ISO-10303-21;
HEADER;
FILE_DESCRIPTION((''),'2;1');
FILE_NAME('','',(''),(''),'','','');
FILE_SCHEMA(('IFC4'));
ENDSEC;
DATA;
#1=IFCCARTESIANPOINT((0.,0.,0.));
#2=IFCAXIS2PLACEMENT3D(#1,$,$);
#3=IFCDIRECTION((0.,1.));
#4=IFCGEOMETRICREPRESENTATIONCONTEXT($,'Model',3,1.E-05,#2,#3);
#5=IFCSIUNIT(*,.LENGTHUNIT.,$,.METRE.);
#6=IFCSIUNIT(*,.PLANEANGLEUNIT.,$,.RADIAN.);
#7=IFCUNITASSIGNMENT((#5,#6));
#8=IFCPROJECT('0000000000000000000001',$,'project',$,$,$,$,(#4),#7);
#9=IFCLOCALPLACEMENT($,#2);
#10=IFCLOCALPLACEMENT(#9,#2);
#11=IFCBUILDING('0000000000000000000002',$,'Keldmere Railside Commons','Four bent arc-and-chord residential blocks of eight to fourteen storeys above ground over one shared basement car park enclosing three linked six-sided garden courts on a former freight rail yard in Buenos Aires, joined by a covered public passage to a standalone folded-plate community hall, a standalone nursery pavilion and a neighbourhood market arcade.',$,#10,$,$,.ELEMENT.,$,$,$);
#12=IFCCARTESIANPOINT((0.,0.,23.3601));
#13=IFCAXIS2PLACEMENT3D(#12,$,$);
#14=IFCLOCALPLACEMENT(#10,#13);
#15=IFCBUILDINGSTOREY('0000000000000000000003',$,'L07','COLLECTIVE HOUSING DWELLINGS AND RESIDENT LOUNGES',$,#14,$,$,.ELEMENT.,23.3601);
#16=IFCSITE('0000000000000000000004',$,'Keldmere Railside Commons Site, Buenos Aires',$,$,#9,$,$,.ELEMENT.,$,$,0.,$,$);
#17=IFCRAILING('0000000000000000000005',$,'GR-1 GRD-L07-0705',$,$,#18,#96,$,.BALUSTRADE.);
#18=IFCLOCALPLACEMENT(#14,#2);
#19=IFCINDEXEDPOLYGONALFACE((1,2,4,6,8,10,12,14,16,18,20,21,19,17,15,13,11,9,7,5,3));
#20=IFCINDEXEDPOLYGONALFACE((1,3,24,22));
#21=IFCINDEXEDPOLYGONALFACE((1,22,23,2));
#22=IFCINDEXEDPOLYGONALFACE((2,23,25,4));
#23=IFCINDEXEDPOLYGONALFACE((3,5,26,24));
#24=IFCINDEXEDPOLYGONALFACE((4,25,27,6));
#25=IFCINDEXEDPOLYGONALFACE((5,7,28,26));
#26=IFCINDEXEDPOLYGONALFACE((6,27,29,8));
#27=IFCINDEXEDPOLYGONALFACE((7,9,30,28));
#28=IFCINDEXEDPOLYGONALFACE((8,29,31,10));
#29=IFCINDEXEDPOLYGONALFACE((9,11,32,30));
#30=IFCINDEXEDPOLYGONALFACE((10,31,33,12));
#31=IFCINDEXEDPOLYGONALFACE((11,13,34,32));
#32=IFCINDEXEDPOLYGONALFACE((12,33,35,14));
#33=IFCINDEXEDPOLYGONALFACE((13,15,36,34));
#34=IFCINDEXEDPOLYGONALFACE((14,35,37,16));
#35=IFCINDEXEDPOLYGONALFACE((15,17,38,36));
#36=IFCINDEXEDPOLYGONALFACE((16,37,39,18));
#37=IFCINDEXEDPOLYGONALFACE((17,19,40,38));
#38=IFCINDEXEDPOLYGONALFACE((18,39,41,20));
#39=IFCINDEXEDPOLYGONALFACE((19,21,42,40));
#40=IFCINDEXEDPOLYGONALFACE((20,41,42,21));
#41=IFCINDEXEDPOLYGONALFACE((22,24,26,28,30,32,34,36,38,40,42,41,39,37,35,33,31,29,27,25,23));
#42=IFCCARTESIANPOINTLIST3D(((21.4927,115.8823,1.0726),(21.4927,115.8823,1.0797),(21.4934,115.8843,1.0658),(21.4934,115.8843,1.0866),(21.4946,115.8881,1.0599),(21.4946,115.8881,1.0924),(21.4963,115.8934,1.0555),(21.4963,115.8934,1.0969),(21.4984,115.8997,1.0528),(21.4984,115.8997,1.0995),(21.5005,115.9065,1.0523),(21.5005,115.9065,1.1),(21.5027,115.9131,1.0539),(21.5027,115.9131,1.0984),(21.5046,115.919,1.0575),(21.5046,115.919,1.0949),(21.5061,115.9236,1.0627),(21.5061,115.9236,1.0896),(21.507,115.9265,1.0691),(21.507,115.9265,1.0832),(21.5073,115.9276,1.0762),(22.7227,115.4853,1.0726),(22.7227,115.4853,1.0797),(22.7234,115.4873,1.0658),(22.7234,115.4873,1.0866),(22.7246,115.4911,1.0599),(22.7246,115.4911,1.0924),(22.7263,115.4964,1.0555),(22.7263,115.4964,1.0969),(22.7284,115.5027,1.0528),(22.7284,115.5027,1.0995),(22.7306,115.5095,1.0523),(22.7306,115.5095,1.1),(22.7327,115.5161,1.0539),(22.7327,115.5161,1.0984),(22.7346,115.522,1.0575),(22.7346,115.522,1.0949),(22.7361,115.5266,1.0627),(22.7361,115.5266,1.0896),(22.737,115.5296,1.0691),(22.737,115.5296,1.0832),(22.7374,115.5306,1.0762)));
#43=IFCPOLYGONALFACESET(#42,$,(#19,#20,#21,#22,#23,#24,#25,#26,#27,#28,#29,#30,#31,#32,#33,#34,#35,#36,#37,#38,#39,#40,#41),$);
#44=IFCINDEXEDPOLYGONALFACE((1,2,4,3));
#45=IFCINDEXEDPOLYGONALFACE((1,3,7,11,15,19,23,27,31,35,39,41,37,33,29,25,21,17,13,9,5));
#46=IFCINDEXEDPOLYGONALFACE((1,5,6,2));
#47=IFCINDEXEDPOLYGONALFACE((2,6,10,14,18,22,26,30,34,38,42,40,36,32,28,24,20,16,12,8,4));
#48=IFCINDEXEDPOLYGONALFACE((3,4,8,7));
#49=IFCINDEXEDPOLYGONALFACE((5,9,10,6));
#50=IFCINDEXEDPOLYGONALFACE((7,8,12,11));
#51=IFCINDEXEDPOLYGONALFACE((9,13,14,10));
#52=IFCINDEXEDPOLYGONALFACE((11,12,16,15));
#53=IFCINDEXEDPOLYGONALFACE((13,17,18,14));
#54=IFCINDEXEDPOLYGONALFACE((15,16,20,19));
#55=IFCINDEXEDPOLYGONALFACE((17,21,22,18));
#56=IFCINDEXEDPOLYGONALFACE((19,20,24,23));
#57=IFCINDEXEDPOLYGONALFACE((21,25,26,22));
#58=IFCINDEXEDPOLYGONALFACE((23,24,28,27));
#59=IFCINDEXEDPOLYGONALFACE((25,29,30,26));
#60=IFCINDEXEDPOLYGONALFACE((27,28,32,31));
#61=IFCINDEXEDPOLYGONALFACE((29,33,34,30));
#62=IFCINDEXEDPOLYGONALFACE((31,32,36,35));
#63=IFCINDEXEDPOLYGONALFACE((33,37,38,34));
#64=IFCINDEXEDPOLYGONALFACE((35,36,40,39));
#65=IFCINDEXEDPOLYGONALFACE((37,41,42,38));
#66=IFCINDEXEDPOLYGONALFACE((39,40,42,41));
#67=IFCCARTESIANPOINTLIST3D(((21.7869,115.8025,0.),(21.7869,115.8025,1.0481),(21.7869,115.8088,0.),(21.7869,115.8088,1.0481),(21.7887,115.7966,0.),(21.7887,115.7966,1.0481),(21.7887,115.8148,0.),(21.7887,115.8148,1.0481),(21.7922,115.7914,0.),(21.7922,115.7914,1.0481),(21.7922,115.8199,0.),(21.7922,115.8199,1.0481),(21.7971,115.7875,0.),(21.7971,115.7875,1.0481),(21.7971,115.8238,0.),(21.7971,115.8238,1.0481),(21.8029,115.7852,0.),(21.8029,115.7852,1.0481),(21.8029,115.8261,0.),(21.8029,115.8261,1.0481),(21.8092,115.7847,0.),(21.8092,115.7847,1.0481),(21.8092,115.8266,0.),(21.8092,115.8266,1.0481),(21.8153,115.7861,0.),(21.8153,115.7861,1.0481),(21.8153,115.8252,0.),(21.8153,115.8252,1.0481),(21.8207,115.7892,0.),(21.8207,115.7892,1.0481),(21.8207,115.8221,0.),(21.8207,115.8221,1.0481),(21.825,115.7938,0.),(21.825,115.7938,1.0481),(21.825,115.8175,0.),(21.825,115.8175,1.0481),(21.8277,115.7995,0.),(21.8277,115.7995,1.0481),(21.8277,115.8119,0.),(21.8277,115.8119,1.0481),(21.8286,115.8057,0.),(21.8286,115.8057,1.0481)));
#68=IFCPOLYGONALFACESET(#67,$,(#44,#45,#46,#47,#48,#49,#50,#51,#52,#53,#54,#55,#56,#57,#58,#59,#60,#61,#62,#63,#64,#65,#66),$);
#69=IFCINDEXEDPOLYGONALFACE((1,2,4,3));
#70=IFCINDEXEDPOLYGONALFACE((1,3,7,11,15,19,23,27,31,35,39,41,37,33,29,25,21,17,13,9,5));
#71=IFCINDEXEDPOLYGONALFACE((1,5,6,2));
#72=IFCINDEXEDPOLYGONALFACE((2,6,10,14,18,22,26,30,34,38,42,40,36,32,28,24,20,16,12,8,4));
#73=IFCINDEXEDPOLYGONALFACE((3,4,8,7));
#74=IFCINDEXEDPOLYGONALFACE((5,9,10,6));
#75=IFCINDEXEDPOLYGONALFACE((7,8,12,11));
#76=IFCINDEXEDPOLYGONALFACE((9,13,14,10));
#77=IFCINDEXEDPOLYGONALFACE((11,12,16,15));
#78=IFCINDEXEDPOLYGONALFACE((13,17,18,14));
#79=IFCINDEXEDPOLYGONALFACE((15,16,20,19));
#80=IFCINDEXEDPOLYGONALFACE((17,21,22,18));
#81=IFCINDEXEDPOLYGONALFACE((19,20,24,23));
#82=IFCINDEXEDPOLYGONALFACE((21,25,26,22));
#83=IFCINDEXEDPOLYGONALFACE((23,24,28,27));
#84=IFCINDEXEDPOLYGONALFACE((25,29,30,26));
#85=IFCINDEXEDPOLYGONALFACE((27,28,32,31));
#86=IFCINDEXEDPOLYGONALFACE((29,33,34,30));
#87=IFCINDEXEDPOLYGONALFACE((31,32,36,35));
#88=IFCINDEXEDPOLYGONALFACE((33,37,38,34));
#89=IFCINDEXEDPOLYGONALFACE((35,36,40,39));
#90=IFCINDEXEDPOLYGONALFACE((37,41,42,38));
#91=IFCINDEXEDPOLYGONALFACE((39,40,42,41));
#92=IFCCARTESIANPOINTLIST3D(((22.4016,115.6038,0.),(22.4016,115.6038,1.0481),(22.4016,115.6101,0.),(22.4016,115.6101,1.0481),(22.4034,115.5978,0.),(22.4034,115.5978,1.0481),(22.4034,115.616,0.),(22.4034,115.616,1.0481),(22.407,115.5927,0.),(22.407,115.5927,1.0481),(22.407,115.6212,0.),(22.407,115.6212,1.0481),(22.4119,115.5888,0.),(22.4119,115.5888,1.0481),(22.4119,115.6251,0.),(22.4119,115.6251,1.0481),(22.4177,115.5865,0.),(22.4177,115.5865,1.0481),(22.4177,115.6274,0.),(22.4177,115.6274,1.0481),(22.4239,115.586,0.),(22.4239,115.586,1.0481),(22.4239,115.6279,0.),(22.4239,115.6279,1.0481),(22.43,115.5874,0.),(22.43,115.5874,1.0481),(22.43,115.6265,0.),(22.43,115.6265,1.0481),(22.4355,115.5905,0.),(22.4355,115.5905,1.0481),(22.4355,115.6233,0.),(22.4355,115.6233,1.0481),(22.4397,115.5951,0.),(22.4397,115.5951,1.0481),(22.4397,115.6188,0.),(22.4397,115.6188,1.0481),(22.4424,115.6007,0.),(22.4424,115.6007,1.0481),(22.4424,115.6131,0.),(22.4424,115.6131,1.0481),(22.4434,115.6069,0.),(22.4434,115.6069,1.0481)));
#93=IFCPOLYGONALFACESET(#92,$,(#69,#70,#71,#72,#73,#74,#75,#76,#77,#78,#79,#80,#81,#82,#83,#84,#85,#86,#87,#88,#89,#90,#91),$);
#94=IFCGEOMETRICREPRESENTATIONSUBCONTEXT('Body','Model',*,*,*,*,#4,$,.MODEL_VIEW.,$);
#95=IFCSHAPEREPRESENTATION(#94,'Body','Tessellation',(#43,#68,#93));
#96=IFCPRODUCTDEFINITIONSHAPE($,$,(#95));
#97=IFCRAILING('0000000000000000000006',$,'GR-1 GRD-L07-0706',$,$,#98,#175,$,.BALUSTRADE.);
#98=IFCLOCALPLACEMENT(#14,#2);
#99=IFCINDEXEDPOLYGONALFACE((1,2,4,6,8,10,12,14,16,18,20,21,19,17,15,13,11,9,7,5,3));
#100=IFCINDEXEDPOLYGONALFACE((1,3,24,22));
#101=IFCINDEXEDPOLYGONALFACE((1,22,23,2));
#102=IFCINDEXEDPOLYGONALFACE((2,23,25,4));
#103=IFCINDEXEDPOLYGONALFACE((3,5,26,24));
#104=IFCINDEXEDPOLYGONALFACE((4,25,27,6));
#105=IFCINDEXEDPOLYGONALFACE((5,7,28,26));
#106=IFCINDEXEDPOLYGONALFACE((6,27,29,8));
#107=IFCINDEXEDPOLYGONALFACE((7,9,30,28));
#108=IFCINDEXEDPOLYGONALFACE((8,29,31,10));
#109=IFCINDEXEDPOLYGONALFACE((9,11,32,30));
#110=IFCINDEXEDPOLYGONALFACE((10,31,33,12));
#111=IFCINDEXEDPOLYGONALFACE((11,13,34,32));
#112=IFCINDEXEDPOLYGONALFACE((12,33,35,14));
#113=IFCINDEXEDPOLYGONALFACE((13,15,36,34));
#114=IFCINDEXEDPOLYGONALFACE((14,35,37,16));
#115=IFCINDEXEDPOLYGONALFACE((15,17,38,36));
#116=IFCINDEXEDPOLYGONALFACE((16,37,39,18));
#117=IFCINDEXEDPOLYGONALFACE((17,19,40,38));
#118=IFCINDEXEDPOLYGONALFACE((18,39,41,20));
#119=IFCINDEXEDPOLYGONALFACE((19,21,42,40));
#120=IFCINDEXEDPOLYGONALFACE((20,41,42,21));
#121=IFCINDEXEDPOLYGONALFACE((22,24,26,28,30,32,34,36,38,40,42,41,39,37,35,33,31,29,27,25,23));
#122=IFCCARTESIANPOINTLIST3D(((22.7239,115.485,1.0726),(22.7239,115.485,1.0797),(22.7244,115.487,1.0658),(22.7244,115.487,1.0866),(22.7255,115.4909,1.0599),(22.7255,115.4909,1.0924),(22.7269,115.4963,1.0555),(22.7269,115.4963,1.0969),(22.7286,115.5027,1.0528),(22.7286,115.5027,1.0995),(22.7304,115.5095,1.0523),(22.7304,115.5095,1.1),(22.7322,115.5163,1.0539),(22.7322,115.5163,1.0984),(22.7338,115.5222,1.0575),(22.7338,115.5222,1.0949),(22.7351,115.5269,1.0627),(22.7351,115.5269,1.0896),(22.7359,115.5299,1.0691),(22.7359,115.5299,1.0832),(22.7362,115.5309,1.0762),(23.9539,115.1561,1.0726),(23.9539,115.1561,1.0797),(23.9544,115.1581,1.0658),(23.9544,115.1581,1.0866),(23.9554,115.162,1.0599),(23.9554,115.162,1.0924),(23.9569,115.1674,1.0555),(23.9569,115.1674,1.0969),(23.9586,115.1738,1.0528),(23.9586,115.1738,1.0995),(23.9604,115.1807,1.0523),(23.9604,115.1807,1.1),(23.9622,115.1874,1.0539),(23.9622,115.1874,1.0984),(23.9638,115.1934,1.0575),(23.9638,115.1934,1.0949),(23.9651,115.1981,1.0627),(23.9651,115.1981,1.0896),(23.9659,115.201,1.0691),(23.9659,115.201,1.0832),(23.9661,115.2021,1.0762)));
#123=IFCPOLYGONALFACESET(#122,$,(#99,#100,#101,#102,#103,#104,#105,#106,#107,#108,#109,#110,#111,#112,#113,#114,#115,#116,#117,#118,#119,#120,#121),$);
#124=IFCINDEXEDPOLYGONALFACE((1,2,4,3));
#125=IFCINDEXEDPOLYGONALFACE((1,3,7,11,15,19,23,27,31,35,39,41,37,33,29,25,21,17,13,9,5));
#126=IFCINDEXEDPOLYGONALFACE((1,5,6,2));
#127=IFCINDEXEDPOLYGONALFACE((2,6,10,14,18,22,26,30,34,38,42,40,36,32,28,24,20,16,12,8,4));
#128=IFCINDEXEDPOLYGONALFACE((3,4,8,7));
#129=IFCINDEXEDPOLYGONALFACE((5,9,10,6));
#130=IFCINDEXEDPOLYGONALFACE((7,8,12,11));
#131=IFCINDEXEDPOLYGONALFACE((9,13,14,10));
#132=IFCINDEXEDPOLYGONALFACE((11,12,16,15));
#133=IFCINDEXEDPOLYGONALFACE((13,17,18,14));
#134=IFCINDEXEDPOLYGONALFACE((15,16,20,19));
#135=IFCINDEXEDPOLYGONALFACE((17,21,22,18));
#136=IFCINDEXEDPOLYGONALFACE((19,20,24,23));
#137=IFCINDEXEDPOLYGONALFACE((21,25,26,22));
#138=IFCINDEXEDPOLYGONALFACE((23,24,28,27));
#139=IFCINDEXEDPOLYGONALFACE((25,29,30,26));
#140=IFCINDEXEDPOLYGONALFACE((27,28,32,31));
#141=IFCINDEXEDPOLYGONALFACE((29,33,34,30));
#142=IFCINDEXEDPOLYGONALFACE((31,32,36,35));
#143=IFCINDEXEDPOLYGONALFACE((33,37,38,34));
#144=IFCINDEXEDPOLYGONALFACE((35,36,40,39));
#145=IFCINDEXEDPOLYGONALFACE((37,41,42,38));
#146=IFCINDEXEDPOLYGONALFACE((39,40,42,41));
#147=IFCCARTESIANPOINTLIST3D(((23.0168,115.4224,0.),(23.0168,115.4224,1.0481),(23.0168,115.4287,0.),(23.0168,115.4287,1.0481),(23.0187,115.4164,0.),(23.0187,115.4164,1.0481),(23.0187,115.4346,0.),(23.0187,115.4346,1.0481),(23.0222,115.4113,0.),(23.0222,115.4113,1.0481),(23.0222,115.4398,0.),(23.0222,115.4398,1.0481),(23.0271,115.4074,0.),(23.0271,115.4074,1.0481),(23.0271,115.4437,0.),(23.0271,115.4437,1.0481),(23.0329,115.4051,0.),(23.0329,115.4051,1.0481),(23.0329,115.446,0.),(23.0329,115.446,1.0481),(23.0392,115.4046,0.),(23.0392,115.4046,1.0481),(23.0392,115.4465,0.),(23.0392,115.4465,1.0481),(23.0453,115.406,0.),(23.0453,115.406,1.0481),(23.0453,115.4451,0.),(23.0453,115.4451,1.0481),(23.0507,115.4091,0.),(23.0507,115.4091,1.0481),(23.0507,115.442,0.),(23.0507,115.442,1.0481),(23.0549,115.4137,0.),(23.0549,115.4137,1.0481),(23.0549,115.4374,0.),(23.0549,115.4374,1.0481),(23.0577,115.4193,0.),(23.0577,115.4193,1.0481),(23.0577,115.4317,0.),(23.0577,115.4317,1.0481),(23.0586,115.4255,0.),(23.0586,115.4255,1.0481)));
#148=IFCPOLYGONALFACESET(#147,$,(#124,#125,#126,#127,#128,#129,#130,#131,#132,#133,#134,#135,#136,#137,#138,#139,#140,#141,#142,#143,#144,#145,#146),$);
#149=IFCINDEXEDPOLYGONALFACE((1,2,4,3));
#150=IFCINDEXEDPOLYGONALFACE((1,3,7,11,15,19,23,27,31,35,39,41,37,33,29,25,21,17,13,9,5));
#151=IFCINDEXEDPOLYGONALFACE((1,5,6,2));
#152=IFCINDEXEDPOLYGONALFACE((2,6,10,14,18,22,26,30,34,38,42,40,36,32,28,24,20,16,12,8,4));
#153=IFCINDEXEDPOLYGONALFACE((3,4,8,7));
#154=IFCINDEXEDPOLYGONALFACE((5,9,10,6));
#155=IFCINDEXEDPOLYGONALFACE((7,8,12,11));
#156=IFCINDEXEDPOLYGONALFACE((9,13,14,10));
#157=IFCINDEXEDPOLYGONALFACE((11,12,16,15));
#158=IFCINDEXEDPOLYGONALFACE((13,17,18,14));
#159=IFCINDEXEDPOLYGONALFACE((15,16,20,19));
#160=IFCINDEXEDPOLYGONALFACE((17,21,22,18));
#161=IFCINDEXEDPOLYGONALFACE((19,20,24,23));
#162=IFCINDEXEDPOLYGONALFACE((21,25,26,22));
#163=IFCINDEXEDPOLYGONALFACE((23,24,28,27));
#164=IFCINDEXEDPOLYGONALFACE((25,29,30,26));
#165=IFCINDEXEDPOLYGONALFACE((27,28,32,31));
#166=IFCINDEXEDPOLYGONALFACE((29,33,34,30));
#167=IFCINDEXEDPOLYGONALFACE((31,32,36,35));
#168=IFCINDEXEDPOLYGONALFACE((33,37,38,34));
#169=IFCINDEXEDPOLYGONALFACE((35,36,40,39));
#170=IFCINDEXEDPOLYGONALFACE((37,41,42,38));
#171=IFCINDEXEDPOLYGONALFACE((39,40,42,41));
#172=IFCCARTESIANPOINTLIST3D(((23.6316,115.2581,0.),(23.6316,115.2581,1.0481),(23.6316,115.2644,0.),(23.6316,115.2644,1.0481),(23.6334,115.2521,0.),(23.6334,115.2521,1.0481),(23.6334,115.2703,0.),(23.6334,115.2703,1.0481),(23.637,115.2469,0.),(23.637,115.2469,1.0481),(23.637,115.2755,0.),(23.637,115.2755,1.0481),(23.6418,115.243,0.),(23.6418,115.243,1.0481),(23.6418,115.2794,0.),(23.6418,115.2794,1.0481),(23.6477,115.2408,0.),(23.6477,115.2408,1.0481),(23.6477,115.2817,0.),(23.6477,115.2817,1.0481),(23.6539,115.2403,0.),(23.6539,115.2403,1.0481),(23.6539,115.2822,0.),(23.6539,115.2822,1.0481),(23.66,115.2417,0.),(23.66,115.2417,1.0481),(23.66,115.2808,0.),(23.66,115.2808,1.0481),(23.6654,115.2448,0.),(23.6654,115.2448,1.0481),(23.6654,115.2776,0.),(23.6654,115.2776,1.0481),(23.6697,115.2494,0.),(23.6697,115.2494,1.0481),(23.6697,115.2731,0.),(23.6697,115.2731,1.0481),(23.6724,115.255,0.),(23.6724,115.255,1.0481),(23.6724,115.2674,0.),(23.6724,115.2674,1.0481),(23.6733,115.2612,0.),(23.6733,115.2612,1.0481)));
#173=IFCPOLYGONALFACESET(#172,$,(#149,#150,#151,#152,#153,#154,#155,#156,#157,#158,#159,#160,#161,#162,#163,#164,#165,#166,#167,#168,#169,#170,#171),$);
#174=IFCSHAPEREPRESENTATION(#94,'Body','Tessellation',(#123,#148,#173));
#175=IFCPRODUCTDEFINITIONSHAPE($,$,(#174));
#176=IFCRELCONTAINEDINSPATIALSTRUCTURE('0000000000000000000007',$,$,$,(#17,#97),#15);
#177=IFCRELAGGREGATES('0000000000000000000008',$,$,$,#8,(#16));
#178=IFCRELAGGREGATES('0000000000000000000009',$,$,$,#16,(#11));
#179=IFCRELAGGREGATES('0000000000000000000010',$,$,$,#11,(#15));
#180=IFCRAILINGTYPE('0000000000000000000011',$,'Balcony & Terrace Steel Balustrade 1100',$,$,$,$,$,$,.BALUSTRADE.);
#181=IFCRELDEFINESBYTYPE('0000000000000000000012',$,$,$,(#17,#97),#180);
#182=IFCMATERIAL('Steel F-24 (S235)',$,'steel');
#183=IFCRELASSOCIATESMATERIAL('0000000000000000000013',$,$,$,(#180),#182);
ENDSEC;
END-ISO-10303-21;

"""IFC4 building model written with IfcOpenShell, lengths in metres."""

from ifc_helpers import new_model, si_unit, direction, frame, origin, origin_2d, place, context, subcontext, project, spatial, circle, extrude, material, type_object, element, save


model = new_model("IFC4")

# Units and contexts
model_context = context("Model", 3, precision=1e-05, world=origin(), true_north=direction((0.0, 1.0)))
body_context = subcontext(model_context, "Body", "Model", "MODEL_VIEW")
ifc_project = project(units=[si_unit("LENGTHUNIT", "METRE"), si_unit("PLANEANGLEUNIT", "RADIAN")], contexts=[model_context])

# Site, building, storey
site_placement = place(None, origin())
site = spatial("IfcSite", under=ifc_project, at=site_placement, Name="Keldmere Railside Commons Site, Buenos Aires", CompositionType="ELEMENT", RefElevation=0.0)
building_placement = place(site_placement, origin())
building = spatial("IfcBuilding", under=site, at=building_placement, Name="Keldmere Railside Commons", Description="Four bent arc-and-chord residential blocks of eight to fourteen storeys above ground over one shared basement car park enclosing three linked six-sided garden courts on a former freight rail yard in Buenos Aires, joined by a covered public passage to a standalone folded-plate community hall, a standalone nursery pavilion and a neighbourhood market arcade.", CompositionType="ELEMENT")
storey_placement = place(building_placement, frame((0.0, 0.0, 23.3601)))
storey = spatial("IfcBuildingStorey", under=building, at=storey_placement, Name="L07", Description="COLLECTIVE HOUSING DWELLINGS AND RESIDENT LOUNGES", CompositionType="ELEMENT", Elevation=23.3601)

# Railings
ifc_material_1 = material(Name="Steel F-24 (S235)", Category="steel")
railing_type_1 = type_object("IfcRailingType", Name="Balcony & Terrace Steel Balustrade 1100", PredefinedType="BALUSTRADE", material=ifc_material_1)
railing_1_placement = place(storey_placement, frame((21.5, 115.9048, 0.0)))
element("IfcRailing", 1, at=railing_1_placement, inside=storey, type_object=railing_type_1, Name="GR-1 GRD-L07-0705", PredefinedType="BALUSTRADE", context=body_context, shape_type="SweptSolid", body=[
    extrude(circle(Radius=0.0239, at=origin_2d()), frame((0.0, 0.0, 1.0762), z_axis=(0.951662, -0.307146, 0.0), x_axis=(0.307146, 0.951662, 0.0)), (0.0, 0.0, 1.0), 1.2925),
    extrude(circle(Radius=0.021, at=origin_2d()), frame((0.3076, -0.0991, 0.0)), (0.0, 0.0, 1.0), 1.0481),
    extrude(circle(Radius=0.021, at=origin_2d()), frame((0.9224, -0.2979, 0.0)), (0.0, 0.0, 1.0), 1.0481),
])
railing_2_placement = place(storey_placement, frame((22.73, 115.5078, 0.0)))
element("IfcRailing", 2, at=railing_2_placement, inside=storey, type_object=railing_type_1, Name="GR-1 GRD-L07-0706", PredefinedType="BALUSTRADE", context=body_context, shape_type="SweptSolid", body=[
    extrude(circle(Radius=0.0239, at=origin_2d()), frame((0.0, 0.0, 1.0762), z_axis=(0.966066, -0.258295, 0.0), x_axis=(0.258295, 0.966066, 0.0)), (0.0, 0.0, 1.0), 1.2732),
    extrude(circle(Radius=0.021, at=origin_2d()), frame((0.3076, -0.0823, 0.0)), (0.0, 0.0, 1.0), 1.0481),
    extrude(circle(Radius=0.021, at=origin_2d()), frame((0.9224, -0.2466, 0.0)), (0.0, 0.0, 1.0), 1.0481),
])

save(model, "model.ifc")
